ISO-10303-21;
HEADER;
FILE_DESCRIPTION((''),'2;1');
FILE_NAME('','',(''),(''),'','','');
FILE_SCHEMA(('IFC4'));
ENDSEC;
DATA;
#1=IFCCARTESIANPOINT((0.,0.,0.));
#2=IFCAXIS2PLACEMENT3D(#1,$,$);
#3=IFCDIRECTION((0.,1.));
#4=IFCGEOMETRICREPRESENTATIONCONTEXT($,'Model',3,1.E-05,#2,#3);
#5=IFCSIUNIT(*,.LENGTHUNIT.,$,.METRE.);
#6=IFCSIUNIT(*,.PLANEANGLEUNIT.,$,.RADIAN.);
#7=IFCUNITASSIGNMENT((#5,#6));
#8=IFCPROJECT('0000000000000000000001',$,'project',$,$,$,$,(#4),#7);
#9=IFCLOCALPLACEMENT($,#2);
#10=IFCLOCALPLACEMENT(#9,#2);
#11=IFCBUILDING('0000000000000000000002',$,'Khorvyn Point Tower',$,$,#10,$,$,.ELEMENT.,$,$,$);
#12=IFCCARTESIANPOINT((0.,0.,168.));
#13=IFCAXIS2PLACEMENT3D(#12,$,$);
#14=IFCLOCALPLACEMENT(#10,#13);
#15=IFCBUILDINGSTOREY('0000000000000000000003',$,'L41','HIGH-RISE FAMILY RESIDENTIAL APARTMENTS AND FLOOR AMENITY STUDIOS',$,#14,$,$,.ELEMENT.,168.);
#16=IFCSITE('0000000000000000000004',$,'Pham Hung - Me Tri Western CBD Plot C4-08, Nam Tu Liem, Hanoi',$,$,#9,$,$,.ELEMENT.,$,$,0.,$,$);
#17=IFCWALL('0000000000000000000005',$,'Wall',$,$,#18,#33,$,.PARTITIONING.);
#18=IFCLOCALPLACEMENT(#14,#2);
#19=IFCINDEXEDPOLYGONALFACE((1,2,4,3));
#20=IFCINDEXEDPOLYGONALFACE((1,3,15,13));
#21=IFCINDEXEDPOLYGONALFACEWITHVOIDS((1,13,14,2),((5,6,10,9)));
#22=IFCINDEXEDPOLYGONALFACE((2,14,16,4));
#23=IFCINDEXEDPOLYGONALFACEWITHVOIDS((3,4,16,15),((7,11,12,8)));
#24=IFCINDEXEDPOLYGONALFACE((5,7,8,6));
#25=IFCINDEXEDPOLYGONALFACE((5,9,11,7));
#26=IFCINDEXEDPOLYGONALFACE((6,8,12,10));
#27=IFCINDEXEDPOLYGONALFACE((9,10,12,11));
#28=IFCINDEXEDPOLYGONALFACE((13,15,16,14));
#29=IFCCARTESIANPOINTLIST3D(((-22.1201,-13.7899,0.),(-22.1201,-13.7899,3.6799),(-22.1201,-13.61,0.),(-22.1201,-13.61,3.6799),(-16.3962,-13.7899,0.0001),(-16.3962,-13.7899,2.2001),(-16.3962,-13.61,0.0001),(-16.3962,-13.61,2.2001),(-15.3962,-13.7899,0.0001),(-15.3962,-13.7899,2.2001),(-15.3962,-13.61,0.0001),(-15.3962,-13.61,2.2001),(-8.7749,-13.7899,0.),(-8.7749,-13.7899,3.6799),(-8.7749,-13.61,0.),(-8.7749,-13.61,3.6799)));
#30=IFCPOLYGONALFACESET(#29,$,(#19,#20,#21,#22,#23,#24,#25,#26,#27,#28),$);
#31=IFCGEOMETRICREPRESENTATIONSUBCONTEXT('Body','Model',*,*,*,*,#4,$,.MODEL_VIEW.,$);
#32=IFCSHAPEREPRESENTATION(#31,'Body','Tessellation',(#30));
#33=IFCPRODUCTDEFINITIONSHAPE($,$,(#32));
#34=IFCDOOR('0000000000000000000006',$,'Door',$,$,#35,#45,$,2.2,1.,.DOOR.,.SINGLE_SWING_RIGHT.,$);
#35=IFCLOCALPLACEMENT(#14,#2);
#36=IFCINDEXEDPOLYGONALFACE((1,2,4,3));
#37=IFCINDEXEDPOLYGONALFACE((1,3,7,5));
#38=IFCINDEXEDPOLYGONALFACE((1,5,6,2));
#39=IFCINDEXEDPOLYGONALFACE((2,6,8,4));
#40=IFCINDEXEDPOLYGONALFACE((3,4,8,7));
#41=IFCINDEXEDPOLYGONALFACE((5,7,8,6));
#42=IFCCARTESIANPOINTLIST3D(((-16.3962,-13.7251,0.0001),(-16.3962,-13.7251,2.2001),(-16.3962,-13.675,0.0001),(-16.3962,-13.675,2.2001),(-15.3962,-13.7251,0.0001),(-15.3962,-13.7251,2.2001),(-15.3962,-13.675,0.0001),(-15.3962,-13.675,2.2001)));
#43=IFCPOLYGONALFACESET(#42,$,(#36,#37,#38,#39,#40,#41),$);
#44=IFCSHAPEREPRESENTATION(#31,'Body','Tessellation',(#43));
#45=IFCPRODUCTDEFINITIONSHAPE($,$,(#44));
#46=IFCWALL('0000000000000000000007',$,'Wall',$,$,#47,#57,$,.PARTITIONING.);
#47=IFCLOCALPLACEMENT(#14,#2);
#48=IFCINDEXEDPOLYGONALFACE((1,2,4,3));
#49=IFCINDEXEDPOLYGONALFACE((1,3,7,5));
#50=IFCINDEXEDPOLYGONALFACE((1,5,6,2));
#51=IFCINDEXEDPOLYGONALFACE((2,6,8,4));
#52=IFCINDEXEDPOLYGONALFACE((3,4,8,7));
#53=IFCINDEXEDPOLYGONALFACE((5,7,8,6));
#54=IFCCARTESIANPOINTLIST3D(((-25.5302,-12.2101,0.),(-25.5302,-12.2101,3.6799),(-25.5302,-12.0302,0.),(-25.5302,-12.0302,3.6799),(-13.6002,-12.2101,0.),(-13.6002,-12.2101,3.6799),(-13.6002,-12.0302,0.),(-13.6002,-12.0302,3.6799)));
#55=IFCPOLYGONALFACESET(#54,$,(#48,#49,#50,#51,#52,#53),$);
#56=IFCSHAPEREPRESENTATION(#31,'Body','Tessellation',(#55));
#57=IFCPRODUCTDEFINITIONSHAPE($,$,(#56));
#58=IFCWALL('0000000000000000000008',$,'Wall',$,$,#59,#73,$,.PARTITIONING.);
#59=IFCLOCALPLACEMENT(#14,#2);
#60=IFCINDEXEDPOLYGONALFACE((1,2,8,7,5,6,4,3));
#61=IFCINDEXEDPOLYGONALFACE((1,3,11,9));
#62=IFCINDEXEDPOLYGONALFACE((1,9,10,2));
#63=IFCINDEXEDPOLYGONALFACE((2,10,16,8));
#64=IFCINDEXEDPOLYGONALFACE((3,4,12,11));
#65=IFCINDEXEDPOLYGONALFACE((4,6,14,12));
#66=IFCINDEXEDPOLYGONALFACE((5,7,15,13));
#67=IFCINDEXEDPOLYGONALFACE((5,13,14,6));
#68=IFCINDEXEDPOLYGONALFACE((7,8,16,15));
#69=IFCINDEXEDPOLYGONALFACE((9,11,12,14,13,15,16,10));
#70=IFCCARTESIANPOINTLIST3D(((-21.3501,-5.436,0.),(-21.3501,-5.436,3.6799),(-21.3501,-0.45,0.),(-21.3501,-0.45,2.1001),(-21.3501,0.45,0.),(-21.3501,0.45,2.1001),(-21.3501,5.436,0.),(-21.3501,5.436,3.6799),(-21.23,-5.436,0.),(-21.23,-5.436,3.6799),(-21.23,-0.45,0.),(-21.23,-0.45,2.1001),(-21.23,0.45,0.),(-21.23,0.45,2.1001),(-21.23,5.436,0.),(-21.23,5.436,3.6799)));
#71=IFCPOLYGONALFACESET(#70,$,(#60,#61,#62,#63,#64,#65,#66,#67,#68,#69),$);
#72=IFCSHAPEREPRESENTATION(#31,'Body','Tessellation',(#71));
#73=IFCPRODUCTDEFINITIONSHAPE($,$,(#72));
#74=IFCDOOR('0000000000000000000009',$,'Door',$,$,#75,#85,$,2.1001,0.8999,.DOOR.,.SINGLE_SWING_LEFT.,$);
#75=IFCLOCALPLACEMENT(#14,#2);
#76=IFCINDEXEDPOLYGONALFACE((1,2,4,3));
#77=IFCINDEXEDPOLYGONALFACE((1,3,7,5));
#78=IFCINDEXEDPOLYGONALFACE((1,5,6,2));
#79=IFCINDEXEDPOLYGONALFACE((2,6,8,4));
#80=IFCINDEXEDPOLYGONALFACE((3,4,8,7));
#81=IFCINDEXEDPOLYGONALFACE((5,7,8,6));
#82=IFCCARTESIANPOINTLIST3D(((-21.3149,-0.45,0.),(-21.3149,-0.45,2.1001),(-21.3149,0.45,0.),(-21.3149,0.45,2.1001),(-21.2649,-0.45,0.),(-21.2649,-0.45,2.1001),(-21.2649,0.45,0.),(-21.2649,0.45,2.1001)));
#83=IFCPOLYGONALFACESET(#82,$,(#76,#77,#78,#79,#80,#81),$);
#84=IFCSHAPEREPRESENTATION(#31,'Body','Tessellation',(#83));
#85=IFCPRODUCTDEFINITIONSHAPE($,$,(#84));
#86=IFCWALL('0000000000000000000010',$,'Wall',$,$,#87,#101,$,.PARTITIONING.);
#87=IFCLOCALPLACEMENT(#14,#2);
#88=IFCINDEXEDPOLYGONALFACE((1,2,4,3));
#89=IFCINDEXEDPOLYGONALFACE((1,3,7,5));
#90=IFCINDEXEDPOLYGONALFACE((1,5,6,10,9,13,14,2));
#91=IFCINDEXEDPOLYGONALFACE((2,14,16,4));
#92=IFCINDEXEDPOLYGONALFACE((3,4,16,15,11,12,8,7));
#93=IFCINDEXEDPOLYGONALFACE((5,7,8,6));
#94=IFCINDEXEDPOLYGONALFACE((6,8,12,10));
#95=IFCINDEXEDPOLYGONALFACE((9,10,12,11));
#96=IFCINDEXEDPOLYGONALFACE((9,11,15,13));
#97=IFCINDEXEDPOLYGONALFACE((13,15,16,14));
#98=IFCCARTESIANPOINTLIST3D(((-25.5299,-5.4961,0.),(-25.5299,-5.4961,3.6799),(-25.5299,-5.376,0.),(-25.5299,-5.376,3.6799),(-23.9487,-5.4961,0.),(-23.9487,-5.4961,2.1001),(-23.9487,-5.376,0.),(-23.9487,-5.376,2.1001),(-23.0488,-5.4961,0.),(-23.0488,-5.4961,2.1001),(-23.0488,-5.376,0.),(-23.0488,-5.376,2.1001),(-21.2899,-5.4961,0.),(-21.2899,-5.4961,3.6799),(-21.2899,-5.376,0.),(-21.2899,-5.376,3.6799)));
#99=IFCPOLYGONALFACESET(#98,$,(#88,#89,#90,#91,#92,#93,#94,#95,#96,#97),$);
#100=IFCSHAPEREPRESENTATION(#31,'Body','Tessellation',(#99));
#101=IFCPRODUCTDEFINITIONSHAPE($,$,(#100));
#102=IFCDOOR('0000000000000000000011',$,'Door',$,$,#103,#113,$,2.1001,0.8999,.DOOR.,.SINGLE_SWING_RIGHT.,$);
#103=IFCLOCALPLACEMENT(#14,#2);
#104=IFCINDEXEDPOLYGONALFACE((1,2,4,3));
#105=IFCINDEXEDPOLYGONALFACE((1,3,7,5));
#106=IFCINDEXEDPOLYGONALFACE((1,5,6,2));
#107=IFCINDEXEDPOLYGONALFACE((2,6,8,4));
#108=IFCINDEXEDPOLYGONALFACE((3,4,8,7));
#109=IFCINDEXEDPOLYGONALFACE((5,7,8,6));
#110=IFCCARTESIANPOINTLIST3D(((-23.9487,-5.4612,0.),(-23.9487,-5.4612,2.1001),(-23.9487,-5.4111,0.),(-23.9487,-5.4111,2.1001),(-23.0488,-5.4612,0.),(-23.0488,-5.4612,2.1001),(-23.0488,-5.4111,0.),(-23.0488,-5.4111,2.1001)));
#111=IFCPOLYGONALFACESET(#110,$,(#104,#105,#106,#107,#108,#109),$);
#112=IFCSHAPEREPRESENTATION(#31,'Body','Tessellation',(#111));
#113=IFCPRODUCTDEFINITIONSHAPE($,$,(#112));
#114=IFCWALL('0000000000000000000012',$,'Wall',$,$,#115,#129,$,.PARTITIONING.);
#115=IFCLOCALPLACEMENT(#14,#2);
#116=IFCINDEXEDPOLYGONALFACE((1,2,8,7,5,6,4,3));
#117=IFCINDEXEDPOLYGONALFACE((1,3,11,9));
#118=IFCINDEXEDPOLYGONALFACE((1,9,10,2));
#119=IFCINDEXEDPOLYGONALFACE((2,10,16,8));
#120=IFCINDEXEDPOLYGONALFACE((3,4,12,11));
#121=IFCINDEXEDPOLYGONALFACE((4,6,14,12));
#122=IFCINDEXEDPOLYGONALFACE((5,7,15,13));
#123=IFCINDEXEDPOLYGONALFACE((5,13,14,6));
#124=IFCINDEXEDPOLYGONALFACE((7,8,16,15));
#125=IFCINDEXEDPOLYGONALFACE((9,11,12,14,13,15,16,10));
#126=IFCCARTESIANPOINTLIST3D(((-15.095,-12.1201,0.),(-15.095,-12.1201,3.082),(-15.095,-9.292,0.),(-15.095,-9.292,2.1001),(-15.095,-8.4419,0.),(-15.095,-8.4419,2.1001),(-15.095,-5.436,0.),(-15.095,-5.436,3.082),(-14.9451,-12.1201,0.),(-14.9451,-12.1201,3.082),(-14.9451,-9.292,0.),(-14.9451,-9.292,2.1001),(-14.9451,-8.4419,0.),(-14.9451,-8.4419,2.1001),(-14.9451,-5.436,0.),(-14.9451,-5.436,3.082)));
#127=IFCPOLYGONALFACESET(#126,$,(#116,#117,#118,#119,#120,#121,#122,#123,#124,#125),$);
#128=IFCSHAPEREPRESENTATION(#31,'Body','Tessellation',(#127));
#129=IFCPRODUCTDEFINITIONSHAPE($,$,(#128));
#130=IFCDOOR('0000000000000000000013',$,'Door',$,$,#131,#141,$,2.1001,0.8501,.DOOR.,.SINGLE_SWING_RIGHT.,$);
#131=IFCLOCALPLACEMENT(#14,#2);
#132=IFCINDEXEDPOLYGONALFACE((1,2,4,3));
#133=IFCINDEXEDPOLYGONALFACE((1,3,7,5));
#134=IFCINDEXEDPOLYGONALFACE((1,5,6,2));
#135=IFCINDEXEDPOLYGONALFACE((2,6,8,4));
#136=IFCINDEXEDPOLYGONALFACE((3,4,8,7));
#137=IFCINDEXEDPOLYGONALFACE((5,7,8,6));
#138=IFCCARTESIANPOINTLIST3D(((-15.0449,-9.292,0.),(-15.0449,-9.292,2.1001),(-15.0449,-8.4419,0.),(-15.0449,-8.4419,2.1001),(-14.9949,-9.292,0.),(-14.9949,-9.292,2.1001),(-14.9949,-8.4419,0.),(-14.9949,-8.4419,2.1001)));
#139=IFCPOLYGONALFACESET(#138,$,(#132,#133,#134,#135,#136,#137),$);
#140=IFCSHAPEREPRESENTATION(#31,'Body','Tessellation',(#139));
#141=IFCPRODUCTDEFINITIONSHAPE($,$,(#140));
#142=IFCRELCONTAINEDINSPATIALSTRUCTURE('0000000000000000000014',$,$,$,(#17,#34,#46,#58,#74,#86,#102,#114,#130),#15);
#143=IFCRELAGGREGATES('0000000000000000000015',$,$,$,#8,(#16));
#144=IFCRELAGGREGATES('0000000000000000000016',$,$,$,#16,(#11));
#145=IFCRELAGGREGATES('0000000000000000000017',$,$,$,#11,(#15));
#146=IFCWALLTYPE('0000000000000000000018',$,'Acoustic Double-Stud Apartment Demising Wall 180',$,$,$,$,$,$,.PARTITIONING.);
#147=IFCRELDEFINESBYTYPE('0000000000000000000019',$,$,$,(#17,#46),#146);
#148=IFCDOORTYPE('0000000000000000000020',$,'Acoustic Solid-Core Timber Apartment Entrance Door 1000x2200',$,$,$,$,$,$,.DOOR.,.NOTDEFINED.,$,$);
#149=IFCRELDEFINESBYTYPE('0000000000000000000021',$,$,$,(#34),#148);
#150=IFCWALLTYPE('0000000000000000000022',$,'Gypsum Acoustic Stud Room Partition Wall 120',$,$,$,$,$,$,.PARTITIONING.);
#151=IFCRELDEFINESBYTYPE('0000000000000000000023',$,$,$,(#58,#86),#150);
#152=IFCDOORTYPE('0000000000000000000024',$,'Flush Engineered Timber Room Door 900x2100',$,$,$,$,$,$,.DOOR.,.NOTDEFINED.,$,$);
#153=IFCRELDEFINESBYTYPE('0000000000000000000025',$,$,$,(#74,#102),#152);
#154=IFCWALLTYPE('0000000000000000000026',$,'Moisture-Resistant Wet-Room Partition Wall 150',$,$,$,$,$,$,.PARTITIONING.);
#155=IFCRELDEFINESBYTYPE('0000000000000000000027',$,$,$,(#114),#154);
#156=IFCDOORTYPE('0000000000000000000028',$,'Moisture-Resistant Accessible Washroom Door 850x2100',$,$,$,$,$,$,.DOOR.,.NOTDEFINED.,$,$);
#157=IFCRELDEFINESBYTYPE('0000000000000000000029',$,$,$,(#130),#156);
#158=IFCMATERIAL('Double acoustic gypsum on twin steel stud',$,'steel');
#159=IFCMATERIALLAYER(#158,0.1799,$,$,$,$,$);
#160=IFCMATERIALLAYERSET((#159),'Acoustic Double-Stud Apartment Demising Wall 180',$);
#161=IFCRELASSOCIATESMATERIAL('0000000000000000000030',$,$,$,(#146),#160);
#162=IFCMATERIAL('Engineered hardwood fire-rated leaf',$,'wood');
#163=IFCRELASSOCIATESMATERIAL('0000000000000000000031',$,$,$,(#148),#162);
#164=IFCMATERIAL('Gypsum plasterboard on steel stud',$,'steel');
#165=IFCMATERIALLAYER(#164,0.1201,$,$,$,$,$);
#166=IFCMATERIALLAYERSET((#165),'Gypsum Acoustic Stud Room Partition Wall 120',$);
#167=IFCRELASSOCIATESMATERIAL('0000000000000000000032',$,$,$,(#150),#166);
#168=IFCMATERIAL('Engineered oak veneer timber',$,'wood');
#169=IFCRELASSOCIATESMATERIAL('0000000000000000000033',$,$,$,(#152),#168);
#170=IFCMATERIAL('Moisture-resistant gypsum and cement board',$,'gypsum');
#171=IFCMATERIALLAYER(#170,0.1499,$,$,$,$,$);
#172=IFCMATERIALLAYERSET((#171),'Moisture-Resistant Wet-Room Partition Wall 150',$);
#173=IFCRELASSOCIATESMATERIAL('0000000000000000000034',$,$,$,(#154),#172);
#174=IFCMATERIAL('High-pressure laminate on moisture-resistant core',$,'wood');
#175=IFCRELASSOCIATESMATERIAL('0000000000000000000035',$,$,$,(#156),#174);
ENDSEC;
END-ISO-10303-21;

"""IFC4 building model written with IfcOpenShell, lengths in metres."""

from ifc_helpers import new_model, si_unit, direction, frame, frame_2d, origin, place, context, subcontext, project, spatial, rectangle, extrude, material, layer, layer_set, type_object, element, fill, save


model = new_model("IFC4")

# Units and contexts
model_context = context("Model", 3, precision=1e-05, world=origin(), true_north=direction((0.0, 1.0)))
body_context = subcontext(model_context, "Body", "Model", "MODEL_VIEW")
ifc_project = project(units=[si_unit("LENGTHUNIT", "METRE"), si_unit("PLANEANGLEUNIT", "RADIAN")], contexts=[model_context])

# Site, building, storey
site_placement = place(None, origin())
site = spatial("IfcSite", under=ifc_project, at=site_placement, Name="Pham Hung - Me Tri Western CBD Plot C4-08, Nam Tu Liem, Hanoi", CompositionType="ELEMENT", RefElevation=0.0)
building_placement = place(site_placement, origin())
building = spatial("IfcBuilding", under=site, at=building_placement, Name="Khorvyn Point Tower", CompositionType="ELEMENT")
storey_placement = place(building_placement, frame((0.0, 0.0, 168.0)))
storey = spatial("IfcBuildingStorey", under=building, at=storey_placement, Name="L41", Description="HIGH-RISE FAMILY RESIDENTIAL APARTMENTS AND FLOOR AMENITY STUDIOS", CompositionType="ELEMENT", Elevation=168.0)

# Wall, opening, door
ifc_material_1 = material(Name="Double acoustic gypsum on twin steel stud", Category="steel")
ifc_layer_1 = layer(ifc_material_1, 0.1799)
ifc_layer_set_1 = layer_set([ifc_layer_1], Name="Acoustic Double-Stud Apartment Demising Wall 180")
wall_type_1 = type_object("IfcWallType", Name="Acoustic Double-Stud Apartment Demising Wall 180", PredefinedType="PARTITIONING", material=ifc_layer_set_1)
wall_1_placement = place(storey_placement, frame((-22.1201, -13.7, 0.0), z_axis=(0.0, 0.0, 1.0), x_axis=(1.0, 0.0, 0.0)))
wall_1 = element("IfcWall", 1, at=wall_1_placement, inside=storey, type_object=wall_type_1, Name="Wall", PredefinedType="PARTITIONING", context=body_context, shape_type="SweptSolid", body=[
    extrude(rectangle(XDim=13.3452, YDim=0.1799, at=frame_2d((6.6726, 0.0))), origin(), (0.0, 0.0, 1.0), 3.6799),
])
opening_1_placement = place(wall_1_placement, frame((5.7239, 0.0, 0.0)))
opening_1 = element("IfcOpeningElement", 2, at=opening_1_placement, cuts=wall_1, PredefinedType="OPENING", context=body_context, shape_type="SweptSolid", body=[
    extrude(rectangle(XDim=1.0, YDim=2.2, at=frame_2d((0.5, 1.1001))), frame((0.0, 0.0999, 0.0), z_axis=(0.0, -1.0, 0.0), x_axis=(1.0, 0.0, 0.0)), (0.0, 0.0, 1.0), 0.2),
])
ifc_material_2 = material(Name="Engineered hardwood fire-rated leaf", Category="wood")
door_type_1 = type_object("IfcDoorType", Name="Acoustic Solid-Core Timber Apartment Entrance Door 1000x2200", OperationType="NOTDEFINED", PredefinedType="DOOR", material=ifc_material_2)
door_1_placement = place(opening_1_placement, origin())
door_1 = element("IfcDoor", 3, at=door_1_placement, inside=storey, type_object=door_type_1, Name="Door", OperationType="SINGLE_SWING_RIGHT", OverallHeight=2.2, OverallWidth=1.0, PredefinedType="DOOR", context=body_context, shape_type="SweptSolid", body=[
    extrude(rectangle(XDim=1.0, YDim=2.2, at=frame_2d((0.5, 1.1001))), frame((0.0, 0.0249, 0.0), z_axis=(0.0, -1.0, 0.0), x_axis=(1.0, 0.0, 0.0)), (0.0, 0.0, 1.0), 0.05),
])
fill(opening_1, door_1)

# Wall
wall_2_placement = place(storey_placement, frame((-25.53, -12.1201, 0.0), z_axis=(0.0, 0.0, 1.0), x_axis=(1.0, 0.0, 0.0)))
element("IfcWall", 4, at=wall_2_placement, inside=storey, type_object=wall_type_1, Name="Wall", PredefinedType="PARTITIONING", context=body_context, shape_type="SweptSolid", body=[
    extrude(rectangle(XDim=11.9299, YDim=0.1799, at=frame_2d((5.9648, 0.0))), origin(), (0.0, 0.0, 1.0), 3.6799),
])

# Walls, openings, doors
ifc_material_3 = material(Name="Gypsum plasterboard on steel stud", Category="steel")
ifc_layer_2 = layer(ifc_material_3, 0.1201)
ifc_layer_set_2 = layer_set([ifc_layer_2], Name="Gypsum Acoustic Stud Room Partition Wall 120")
wall_type_2 = type_object("IfcWallType", Name="Gypsum Acoustic Stud Room Partition Wall 120", PredefinedType="PARTITIONING", material=ifc_layer_set_2)
wall_3_placement = place(storey_placement, frame((-21.29, -5.436, 0.0), z_axis=(0.0, 0.0, 1.0), x_axis=(0.0, 1.0, 0.0)))
wall_3 = element("IfcWall", 5, at=wall_3_placement, inside=storey, type_object=wall_type_2, Name="Wall", PredefinedType="PARTITIONING", context=body_context, shape_type="SweptSolid", body=[
    extrude(rectangle(XDim=10.8721, YDim=0.1201, at=frame_2d((5.436, 0.0))), origin(), (0.0, 0.0, 1.0), 3.6799),
])
opening_2_placement = place(wall_3_placement, frame((4.9861, 0.0, 0.0)))
opening_2 = element("IfcOpeningElement", 6, at=opening_2_placement, cuts=wall_3, PredefinedType="OPENING", context=body_context, shape_type="SweptSolid", body=[
    extrude(rectangle(XDim=0.8999, YDim=2.1001, at=frame_2d((0.45, 1.05))), frame((0.0, 0.0701, 0.0), z_axis=(0.0, -1.0, 0.0), x_axis=(1.0, 0.0, 0.0)), (0.0, 0.0, 1.0), 0.1401),
])
ifc_material_4 = material(Name="Engineered oak veneer timber", Category="wood")
door_type_2 = type_object("IfcDoorType", Name="Flush Engineered Timber Room Door 900x2100", OperationType="NOTDEFINED", PredefinedType="DOOR", material=ifc_material_4)
door_2_placement = place(opening_2_placement, origin())
door_2 = element("IfcDoor", 7, at=door_2_placement, inside=storey, type_object=door_type_2, Name="Door", OperationType="SINGLE_SWING_LEFT", OverallHeight=2.1001, OverallWidth=0.8999, PredefinedType="DOOR", context=body_context, shape_type="SweptSolid", body=[
    extrude(rectangle(XDim=0.8999, YDim=2.1001, at=frame_2d((0.45, 1.05))), frame((0.0, 0.0249, 0.0), z_axis=(0.0, -1.0, 0.0), x_axis=(1.0, 0.0, 0.0)), (0.0, 0.0, 1.0), 0.05),
])
fill(opening_2, door_2)
wall_4_placement = place(storey_placement, frame((-25.53, -5.436, 0.0), z_axis=(0.0, 0.0, 1.0), x_axis=(1.0, 0.0, 0.0)))
wall_4 = element("IfcWall", 8, at=wall_4_placement, inside=storey, type_object=wall_type_2, Name="Wall", PredefinedType="PARTITIONING", context=body_context, shape_type="SweptSolid", body=[
    extrude(rectangle(XDim=4.24, YDim=0.1201, at=frame_2d((2.1201, 0.0))), origin(), (0.0, 0.0, 1.0), 3.6799),
])
opening_3_placement = place(wall_4_placement, frame((1.5813, 0.0, 0.0)))
opening_3 = element("IfcOpeningElement", 9, at=opening_3_placement, cuts=wall_4, PredefinedType="OPENING", context=body_context, shape_type="SweptSolid", body=[
    extrude(rectangle(XDim=0.8999, YDim=2.1001, at=frame_2d((0.45, 1.05))), frame((0.0, 0.0701, 0.0), z_axis=(0.0, -1.0, 0.0), x_axis=(1.0, 0.0, 0.0)), (0.0, 0.0, 1.0), 0.1401),
])
door_3_placement = place(opening_3_placement, origin())
door_3 = element("IfcDoor", 10, at=door_3_placement, inside=storey, type_object=door_type_2, Name="Door", OperationType="SINGLE_SWING_RIGHT", OverallHeight=2.1001, OverallWidth=0.8999, PredefinedType="DOOR", context=body_context, shape_type="SweptSolid", body=[
    extrude(rectangle(XDim=0.8999, YDim=2.1001, at=frame_2d((0.45, 1.05))), frame((0.0, 0.0249, 0.0), z_axis=(0.0, -1.0, 0.0), x_axis=(1.0, 0.0, 0.0)), (0.0, 0.0, 1.0), 0.05),
])
fill(opening_3, door_3)
ifc_material_5 = material(Name="Moisture-resistant gypsum and cement board", Category="gypsum")
ifc_layer_3 = layer(ifc_material_5, 0.1499)
ifc_layer_set_3 = layer_set([ifc_layer_3], Name="Moisture-Resistant Wet-Room Partition Wall 150")
wall_type_3 = type_object("IfcWallType", Name="Moisture-Resistant Wet-Room Partition Wall 150", PredefinedType="PARTITIONING", material=ifc_layer_set_3)
wall_5_placement = place(storey_placement, frame((-15.02, -12.1201, 0.0), z_axis=(0.0, 0.0, 1.0), x_axis=(0.0, 1.0, 0.0)))
wall_5 = element("IfcWall", 11, at=wall_5_placement, inside=storey, type_object=wall_type_3, Name="Wall", PredefinedType="PARTITIONING", context=body_context, shape_type="SweptSolid", body=[
    extrude(rectangle(XDim=6.6841, YDim=0.1499, at=frame_2d((3.342, 0.0))), origin(), (0.0, 0.0, 1.0), 3.082),
])
opening_4_placement = place(wall_5_placement, frame((2.8281, 0.0, 0.0)))
opening_4 = element("IfcOpeningElement", 12, at=opening_4_placement, cuts=wall_5, PredefinedType="OPENING", context=body_context, shape_type="SweptSolid", body=[
    extrude(rectangle(XDim=0.8501, YDim=2.1001, at=frame_2d((0.425, 1.05))), frame((0.0, 0.085, 0.0), z_axis=(0.0, -1.0, 0.0), x_axis=(1.0, 0.0, 0.0)), (0.0, 0.0, 1.0), 0.1699),
])
ifc_material_6 = material(Name="High-pressure laminate on moisture-resistant core", Category="wood")
door_type_3 = type_object("IfcDoorType", Name="Moisture-Resistant Accessible Washroom Door 850x2100", OperationType="NOTDEFINED", PredefinedType="DOOR", material=ifc_material_6)
door_4_placement = place(opening_4_placement, origin())
door_4 = element("IfcDoor", 13, at=door_4_placement, inside=storey, type_object=door_type_3, Name="Door", OperationType="SINGLE_SWING_RIGHT", OverallHeight=2.1001, OverallWidth=0.8501, PredefinedType="DOOR", context=body_context, shape_type="SweptSolid", body=[
    extrude(rectangle(XDim=0.8501, YDim=2.1001, at=frame_2d((0.425, 1.05))), frame((0.0, 0.0249, 0.0), z_axis=(0.0, -1.0, 0.0), x_axis=(1.0, 0.0, 0.0)), (0.0, 0.0, 1.0), 0.05),
])
fill(opening_4, door_4)

save(model, "model.ifc")
